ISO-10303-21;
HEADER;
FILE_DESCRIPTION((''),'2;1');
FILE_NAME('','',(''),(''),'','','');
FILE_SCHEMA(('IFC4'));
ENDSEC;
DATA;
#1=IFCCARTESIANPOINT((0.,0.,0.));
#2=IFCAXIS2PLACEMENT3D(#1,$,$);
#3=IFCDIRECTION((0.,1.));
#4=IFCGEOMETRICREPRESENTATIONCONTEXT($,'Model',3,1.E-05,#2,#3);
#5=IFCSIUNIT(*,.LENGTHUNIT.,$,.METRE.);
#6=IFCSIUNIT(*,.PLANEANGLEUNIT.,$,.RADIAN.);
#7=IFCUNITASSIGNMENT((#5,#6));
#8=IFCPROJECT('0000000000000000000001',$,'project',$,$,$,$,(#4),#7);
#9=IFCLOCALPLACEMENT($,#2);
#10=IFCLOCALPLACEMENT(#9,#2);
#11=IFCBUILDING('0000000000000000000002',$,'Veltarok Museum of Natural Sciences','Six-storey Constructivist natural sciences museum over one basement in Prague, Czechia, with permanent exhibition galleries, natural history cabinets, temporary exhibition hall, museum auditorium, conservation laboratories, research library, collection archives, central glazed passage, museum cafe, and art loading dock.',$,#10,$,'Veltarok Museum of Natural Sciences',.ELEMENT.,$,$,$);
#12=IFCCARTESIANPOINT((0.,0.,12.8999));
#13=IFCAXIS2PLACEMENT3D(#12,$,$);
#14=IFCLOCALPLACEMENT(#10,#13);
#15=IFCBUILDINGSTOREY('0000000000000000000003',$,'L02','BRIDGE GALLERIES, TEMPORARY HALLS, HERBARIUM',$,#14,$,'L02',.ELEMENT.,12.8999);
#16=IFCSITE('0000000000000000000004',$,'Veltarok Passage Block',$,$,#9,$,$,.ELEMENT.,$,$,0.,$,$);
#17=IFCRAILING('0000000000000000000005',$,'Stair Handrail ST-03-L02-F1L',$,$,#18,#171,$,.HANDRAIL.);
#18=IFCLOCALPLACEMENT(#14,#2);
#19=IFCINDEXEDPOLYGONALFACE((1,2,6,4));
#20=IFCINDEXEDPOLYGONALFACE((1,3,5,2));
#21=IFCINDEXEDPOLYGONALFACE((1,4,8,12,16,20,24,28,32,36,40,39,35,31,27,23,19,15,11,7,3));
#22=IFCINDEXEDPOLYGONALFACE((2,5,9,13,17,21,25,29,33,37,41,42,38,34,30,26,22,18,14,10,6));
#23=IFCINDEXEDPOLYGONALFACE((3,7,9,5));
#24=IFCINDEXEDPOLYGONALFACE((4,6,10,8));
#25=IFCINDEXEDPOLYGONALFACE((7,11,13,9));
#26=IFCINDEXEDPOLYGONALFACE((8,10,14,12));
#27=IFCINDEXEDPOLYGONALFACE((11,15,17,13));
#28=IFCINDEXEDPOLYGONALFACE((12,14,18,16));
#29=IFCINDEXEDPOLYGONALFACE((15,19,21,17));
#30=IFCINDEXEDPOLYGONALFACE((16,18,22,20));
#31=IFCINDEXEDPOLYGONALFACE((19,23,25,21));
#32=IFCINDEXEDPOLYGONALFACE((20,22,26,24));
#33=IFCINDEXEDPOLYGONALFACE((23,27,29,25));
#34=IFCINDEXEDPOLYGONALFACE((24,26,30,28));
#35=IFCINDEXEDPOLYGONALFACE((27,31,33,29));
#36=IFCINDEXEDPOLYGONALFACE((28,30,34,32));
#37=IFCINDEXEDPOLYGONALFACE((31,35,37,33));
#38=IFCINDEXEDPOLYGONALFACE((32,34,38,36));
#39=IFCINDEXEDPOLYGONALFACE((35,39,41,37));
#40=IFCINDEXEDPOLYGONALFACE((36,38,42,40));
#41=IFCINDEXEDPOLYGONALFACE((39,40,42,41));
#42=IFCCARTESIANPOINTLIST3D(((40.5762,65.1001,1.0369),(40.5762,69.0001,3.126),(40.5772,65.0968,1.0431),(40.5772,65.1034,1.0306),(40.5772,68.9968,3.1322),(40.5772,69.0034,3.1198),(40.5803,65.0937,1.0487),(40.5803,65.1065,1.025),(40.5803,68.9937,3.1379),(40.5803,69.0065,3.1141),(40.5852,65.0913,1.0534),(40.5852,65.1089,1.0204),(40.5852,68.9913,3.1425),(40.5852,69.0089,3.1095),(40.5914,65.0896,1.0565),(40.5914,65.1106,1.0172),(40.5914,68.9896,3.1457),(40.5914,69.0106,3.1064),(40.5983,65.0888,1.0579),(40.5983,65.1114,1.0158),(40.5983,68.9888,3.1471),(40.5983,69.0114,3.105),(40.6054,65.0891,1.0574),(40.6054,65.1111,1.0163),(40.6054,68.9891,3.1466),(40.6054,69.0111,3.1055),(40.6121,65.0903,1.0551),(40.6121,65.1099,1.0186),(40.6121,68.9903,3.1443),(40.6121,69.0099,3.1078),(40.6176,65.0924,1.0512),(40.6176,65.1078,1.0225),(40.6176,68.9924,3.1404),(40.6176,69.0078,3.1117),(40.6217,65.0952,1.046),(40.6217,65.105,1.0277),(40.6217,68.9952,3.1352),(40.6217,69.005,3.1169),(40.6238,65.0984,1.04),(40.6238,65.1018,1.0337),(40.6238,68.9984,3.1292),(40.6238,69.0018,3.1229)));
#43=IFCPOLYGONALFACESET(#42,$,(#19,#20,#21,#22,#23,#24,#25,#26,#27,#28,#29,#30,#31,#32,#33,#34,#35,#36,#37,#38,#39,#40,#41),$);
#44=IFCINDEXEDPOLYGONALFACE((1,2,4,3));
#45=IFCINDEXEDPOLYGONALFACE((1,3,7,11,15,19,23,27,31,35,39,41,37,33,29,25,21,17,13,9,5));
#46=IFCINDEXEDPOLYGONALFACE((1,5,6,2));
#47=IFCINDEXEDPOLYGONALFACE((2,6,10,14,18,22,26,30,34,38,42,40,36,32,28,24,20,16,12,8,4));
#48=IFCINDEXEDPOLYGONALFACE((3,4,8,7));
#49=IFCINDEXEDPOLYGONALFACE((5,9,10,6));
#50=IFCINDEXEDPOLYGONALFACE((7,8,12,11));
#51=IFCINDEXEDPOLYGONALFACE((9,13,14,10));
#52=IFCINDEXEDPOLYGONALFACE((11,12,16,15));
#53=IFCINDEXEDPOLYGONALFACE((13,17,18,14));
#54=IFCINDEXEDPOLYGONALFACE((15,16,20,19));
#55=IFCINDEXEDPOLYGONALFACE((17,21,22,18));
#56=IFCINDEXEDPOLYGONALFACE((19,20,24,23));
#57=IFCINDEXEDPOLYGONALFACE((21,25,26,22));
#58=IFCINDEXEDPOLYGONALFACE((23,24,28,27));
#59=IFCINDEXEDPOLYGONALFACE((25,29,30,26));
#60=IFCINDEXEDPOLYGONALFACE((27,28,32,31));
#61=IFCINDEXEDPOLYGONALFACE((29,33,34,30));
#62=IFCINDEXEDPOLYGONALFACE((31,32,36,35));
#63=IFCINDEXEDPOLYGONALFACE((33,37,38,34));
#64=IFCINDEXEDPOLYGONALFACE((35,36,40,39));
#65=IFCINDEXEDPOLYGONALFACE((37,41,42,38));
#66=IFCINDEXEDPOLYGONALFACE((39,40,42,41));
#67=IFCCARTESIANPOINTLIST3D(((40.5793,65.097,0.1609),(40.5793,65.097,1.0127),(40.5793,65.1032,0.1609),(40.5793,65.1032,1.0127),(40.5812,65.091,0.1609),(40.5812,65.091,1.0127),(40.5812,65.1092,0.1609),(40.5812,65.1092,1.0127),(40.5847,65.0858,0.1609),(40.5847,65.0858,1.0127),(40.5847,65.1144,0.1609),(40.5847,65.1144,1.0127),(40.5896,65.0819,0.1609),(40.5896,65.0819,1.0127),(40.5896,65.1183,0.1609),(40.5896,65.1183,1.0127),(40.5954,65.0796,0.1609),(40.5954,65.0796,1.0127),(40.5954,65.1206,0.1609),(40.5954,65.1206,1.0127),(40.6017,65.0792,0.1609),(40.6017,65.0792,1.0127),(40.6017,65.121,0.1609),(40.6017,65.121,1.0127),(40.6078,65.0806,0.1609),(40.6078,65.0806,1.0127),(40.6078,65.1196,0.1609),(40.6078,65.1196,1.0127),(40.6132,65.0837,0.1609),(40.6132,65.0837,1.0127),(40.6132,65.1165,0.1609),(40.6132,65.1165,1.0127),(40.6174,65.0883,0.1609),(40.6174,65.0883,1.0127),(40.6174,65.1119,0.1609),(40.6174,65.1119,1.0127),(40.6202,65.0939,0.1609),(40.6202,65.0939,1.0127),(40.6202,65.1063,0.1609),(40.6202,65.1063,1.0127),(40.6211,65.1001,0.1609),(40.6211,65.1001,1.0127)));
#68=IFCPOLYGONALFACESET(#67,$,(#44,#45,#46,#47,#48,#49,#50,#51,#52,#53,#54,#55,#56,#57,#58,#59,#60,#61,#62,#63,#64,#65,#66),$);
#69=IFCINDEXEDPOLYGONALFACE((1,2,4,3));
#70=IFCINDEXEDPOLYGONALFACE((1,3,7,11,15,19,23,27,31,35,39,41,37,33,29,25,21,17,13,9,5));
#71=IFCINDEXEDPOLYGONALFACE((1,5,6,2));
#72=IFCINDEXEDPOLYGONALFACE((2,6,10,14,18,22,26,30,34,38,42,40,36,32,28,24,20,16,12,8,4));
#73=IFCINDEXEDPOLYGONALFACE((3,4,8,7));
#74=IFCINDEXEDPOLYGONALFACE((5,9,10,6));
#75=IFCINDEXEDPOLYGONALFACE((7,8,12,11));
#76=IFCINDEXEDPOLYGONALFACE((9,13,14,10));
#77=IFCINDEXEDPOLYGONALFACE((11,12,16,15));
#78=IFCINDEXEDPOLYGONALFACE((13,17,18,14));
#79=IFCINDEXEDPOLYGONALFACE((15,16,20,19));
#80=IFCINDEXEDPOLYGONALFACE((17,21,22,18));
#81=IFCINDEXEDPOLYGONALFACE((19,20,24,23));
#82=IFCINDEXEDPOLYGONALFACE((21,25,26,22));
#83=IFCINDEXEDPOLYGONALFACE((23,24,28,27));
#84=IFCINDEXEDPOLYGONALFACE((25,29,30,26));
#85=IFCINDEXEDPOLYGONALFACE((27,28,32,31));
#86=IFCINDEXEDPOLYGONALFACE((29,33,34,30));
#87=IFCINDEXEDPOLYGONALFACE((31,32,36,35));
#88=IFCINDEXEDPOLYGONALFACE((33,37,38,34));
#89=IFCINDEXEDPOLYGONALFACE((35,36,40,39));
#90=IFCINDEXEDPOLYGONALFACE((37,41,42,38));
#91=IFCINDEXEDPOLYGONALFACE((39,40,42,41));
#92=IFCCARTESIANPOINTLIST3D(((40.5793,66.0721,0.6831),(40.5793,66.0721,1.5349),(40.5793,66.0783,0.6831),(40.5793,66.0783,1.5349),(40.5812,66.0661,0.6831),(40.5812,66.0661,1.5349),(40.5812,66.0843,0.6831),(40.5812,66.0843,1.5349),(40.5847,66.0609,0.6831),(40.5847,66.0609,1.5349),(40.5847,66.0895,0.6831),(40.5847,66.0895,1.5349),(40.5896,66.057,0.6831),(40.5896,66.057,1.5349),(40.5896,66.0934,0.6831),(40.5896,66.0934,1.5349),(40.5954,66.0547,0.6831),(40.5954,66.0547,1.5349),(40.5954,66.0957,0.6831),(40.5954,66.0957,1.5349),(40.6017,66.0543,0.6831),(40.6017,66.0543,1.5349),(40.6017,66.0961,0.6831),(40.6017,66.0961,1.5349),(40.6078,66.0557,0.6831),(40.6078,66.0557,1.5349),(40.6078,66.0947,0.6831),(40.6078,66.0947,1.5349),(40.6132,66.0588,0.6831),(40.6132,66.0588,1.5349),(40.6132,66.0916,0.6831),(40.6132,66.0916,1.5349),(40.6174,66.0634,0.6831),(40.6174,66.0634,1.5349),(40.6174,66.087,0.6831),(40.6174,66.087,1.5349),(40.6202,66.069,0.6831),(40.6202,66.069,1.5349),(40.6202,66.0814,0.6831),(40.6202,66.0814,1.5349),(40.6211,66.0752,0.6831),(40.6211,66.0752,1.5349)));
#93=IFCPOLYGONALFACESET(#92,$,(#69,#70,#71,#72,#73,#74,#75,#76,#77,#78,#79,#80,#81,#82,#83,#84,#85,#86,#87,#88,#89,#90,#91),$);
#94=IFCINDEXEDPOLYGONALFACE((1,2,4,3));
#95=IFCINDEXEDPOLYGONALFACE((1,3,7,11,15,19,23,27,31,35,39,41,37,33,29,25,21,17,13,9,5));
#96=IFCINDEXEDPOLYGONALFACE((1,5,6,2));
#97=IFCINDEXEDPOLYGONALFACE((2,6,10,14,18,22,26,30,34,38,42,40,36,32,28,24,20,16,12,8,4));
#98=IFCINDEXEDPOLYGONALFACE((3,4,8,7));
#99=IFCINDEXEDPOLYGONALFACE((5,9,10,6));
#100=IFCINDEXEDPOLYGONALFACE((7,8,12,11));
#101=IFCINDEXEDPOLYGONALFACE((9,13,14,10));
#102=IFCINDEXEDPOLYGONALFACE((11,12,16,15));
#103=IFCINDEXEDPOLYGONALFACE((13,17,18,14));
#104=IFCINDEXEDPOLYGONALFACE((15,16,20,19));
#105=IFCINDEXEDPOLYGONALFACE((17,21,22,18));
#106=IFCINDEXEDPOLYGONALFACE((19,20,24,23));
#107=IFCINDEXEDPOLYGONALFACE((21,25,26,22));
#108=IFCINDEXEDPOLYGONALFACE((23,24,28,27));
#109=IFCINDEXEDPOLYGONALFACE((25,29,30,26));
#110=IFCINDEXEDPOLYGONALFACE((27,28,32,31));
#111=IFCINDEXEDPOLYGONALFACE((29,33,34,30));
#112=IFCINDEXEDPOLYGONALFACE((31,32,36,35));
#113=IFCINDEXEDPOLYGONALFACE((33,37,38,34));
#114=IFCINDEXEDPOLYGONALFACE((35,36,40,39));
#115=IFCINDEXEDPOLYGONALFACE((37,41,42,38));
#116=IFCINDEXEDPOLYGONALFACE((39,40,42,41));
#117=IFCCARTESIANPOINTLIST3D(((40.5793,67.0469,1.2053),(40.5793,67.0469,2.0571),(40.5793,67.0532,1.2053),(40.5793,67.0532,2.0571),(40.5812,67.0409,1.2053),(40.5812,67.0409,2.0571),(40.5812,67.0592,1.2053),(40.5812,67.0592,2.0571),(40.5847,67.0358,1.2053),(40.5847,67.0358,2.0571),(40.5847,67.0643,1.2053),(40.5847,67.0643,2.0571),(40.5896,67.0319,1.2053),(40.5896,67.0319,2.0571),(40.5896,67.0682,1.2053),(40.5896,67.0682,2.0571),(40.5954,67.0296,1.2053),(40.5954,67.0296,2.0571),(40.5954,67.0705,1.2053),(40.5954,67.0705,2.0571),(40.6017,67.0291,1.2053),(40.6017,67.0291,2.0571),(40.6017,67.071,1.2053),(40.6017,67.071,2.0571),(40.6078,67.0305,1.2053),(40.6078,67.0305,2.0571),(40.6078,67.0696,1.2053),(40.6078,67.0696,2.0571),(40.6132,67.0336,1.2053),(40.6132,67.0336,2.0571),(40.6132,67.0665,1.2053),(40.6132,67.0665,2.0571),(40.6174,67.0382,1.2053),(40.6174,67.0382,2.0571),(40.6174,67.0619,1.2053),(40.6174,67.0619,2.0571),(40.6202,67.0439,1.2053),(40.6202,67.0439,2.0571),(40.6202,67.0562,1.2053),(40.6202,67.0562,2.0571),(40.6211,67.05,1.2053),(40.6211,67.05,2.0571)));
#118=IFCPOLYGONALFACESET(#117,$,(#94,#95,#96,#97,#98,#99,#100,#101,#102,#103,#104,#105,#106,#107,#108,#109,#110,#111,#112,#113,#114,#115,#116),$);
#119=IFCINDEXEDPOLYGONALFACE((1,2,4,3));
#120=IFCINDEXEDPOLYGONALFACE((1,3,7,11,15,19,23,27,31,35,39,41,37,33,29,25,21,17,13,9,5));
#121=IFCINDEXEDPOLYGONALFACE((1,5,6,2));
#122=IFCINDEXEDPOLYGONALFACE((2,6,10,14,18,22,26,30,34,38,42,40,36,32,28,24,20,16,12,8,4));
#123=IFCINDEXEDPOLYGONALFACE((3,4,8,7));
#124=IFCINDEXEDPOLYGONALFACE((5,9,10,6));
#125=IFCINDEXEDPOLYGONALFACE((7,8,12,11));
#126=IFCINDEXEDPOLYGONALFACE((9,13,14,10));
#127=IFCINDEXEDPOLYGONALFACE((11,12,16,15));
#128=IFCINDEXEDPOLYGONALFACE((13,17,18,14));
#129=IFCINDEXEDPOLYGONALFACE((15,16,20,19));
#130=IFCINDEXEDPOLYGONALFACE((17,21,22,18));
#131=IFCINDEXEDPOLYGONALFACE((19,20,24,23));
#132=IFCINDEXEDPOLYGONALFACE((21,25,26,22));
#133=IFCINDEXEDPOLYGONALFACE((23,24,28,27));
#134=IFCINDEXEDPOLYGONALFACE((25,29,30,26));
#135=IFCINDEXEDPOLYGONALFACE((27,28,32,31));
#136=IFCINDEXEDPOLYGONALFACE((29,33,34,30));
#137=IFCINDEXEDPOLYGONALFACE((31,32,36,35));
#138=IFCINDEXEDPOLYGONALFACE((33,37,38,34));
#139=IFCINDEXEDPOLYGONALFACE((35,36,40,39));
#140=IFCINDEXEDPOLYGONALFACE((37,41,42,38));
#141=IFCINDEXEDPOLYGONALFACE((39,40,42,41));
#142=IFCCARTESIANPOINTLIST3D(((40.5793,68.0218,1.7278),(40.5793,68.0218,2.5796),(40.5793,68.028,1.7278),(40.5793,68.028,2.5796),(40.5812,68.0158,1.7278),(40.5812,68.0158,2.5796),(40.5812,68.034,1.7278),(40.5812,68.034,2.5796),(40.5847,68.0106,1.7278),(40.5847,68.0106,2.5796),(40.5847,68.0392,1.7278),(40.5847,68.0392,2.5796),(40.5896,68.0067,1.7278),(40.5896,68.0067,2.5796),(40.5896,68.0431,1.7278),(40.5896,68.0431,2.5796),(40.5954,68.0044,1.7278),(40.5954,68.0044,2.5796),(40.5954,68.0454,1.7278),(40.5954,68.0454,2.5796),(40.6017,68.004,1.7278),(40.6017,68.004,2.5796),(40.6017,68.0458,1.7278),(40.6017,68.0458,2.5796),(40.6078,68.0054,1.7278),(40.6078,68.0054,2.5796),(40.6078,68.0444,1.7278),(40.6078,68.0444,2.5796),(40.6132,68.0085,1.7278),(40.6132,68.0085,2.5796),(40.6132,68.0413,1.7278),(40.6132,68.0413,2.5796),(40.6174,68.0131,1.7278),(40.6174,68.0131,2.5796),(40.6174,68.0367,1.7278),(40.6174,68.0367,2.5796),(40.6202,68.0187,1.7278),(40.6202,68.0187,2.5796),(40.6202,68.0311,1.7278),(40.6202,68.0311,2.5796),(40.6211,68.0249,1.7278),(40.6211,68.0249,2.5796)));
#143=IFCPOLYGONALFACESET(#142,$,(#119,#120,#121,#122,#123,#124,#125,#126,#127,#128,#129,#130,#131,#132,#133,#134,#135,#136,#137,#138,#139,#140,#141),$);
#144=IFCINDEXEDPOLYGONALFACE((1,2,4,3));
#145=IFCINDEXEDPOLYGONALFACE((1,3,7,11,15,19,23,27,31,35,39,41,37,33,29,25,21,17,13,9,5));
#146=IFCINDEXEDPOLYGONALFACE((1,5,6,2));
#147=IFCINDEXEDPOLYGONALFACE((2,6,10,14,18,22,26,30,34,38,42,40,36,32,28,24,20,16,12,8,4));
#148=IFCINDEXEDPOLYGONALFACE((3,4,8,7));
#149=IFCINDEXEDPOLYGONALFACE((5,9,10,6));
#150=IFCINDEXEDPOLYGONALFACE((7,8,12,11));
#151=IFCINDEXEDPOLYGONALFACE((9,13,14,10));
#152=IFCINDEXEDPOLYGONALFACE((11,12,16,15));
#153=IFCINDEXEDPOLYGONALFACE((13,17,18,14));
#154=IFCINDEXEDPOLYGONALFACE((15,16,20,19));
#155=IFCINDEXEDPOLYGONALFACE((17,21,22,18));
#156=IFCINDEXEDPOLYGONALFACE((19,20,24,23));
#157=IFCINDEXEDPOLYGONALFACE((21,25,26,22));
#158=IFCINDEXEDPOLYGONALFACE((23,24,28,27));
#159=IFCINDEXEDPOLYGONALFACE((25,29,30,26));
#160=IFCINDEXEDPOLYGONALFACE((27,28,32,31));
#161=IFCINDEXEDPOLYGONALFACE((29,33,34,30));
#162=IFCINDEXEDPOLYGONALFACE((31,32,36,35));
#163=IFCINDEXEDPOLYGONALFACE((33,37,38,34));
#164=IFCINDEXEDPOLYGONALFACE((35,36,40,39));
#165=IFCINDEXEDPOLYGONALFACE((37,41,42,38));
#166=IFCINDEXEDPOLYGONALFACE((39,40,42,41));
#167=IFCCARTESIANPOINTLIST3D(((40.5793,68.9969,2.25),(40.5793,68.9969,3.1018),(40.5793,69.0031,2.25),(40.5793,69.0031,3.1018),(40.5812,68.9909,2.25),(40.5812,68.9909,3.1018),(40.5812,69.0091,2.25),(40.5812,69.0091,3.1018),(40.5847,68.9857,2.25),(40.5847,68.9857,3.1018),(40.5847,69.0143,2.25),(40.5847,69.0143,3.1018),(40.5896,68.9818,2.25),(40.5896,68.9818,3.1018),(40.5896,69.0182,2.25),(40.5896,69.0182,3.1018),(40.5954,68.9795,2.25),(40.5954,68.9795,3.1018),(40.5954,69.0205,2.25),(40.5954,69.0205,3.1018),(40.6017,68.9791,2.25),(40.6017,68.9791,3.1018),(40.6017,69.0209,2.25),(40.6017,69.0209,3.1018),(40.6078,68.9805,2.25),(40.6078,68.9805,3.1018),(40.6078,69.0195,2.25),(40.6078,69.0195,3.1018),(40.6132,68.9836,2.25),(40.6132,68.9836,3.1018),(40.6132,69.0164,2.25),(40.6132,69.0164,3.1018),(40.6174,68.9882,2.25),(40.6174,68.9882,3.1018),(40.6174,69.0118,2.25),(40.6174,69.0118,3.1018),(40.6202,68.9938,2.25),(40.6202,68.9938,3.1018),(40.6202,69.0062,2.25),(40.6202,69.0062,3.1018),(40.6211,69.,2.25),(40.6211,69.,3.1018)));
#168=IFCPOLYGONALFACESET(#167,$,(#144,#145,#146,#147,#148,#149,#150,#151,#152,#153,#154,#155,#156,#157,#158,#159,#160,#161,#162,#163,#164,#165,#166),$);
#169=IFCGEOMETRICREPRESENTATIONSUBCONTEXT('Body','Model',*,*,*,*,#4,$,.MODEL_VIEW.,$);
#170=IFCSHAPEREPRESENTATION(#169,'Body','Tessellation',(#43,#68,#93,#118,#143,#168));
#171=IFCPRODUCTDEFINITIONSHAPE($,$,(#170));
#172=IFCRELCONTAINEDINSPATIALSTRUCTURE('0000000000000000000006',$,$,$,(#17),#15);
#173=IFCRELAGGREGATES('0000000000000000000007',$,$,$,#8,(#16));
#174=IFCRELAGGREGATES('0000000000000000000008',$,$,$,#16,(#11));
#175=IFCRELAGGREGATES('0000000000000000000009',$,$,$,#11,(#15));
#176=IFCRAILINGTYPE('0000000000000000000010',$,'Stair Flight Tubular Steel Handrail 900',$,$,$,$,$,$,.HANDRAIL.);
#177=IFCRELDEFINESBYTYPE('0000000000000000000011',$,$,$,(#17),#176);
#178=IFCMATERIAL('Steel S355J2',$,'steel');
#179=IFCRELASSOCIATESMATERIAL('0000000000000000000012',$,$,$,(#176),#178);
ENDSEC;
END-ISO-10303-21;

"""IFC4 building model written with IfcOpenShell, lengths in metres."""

from ifc_helpers import new_model, si_unit, direction, frame, origin, origin_2d, place, context, subcontext, project, spatial, circle, extrude, material, type_object, element, save


model = new_model("IFC4")

# Units and contexts
model_context = context("Model", 3, precision=1e-05, world=origin(), true_north=direction((0.0, 1.0)))
body_context = subcontext(model_context, "Body", "Model", "MODEL_VIEW")
ifc_project = project(units=[si_unit("LENGTHUNIT", "METRE"), si_unit("PLANEANGLEUNIT", "RADIAN")], contexts=[model_context])

# Site, building, storey
site_placement = place(None, origin())
site = spatial("IfcSite", under=ifc_project, at=site_placement, Name="Veltarok Passage Block", CompositionType="ELEMENT", RefElevation=0.0)
building_placement = place(site_placement, origin())
building = spatial("IfcBuilding", under=site, at=building_placement, Name="Veltarok Museum of Natural Sciences", Description="Six-storey Constructivist natural sciences museum over one basement in Prague, Czechia, with permanent exhibition galleries, natural history cabinets, temporary exhibition hall, museum auditorium, conservation laboratories, research library, collection archives, central glazed passage, museum cafe, and art loading dock.", LongName="Veltarok Museum of Natural Sciences", CompositionType="ELEMENT")
storey_placement = place(building_placement, frame((0.0, 0.0, 12.8999)))
storey = spatial("IfcBuildingStorey", under=building, at=storey_placement, Name="L02", Description="BRIDGE GALLERIES, TEMPORARY HALLS, HERBARIUM", LongName="L02", CompositionType="ELEMENT", Elevation=12.8999)

# Shared definitions
ifc_material_1 = material(Name="Steel S355J2", Category="steel")

# Railing
railing_type_1 = type_object("IfcRailingType", Name="Stair Flight Tubular Steel Handrail 900", PredefinedType="HANDRAIL", material=ifc_material_1)
for number, where, name in (
    (1, (40.6001, 65.1001, 0.1609), "Stair Handrail ST-03-L02-F1L"),
):
    element("IfcRailing", number, at=place(storey_placement, frame(where)), inside=storey, type_object=railing_type_1, Name=name, PredefinedType="HANDRAIL", context=body_context, shape_type="SweptSolid", body=[
        extrude(circle(Radius=0.0239, at=origin_2d()), frame((0.0, 0.0, 0.876), z_axis=(0.0, 0.881491, 0.4722), x_axis=(-1.0, 0.0, 0.0)), (0.0, 0.0, 1.0), 4.4243),
        extrude(circle(Radius=0.021, at=origin_2d()), origin(), (0.0, 0.0, 1.0), 0.8518),
        extrude(circle(Radius=0.021, at=origin_2d()), frame((0.0, 0.9751, 0.5222)), (0.0, 0.0, 1.0), 0.8518),
        extrude(circle(Radius=0.021, at=origin_2d()), frame((0.0, 1.95, 1.0444)), (0.0, 0.0, 1.0), 0.8518),
        extrude(circle(Radius=0.021, at=origin_2d()), frame((0.0, 2.9248, 1.5669)), (0.0, 0.0, 1.0), 0.8518),
        extrude(circle(Radius=0.021, at=origin_2d()), frame((0.0, 3.8999, 2.0891)), (0.0, 0.0, 1.0), 0.8518),
    ])

save(model, "model.ifc")
